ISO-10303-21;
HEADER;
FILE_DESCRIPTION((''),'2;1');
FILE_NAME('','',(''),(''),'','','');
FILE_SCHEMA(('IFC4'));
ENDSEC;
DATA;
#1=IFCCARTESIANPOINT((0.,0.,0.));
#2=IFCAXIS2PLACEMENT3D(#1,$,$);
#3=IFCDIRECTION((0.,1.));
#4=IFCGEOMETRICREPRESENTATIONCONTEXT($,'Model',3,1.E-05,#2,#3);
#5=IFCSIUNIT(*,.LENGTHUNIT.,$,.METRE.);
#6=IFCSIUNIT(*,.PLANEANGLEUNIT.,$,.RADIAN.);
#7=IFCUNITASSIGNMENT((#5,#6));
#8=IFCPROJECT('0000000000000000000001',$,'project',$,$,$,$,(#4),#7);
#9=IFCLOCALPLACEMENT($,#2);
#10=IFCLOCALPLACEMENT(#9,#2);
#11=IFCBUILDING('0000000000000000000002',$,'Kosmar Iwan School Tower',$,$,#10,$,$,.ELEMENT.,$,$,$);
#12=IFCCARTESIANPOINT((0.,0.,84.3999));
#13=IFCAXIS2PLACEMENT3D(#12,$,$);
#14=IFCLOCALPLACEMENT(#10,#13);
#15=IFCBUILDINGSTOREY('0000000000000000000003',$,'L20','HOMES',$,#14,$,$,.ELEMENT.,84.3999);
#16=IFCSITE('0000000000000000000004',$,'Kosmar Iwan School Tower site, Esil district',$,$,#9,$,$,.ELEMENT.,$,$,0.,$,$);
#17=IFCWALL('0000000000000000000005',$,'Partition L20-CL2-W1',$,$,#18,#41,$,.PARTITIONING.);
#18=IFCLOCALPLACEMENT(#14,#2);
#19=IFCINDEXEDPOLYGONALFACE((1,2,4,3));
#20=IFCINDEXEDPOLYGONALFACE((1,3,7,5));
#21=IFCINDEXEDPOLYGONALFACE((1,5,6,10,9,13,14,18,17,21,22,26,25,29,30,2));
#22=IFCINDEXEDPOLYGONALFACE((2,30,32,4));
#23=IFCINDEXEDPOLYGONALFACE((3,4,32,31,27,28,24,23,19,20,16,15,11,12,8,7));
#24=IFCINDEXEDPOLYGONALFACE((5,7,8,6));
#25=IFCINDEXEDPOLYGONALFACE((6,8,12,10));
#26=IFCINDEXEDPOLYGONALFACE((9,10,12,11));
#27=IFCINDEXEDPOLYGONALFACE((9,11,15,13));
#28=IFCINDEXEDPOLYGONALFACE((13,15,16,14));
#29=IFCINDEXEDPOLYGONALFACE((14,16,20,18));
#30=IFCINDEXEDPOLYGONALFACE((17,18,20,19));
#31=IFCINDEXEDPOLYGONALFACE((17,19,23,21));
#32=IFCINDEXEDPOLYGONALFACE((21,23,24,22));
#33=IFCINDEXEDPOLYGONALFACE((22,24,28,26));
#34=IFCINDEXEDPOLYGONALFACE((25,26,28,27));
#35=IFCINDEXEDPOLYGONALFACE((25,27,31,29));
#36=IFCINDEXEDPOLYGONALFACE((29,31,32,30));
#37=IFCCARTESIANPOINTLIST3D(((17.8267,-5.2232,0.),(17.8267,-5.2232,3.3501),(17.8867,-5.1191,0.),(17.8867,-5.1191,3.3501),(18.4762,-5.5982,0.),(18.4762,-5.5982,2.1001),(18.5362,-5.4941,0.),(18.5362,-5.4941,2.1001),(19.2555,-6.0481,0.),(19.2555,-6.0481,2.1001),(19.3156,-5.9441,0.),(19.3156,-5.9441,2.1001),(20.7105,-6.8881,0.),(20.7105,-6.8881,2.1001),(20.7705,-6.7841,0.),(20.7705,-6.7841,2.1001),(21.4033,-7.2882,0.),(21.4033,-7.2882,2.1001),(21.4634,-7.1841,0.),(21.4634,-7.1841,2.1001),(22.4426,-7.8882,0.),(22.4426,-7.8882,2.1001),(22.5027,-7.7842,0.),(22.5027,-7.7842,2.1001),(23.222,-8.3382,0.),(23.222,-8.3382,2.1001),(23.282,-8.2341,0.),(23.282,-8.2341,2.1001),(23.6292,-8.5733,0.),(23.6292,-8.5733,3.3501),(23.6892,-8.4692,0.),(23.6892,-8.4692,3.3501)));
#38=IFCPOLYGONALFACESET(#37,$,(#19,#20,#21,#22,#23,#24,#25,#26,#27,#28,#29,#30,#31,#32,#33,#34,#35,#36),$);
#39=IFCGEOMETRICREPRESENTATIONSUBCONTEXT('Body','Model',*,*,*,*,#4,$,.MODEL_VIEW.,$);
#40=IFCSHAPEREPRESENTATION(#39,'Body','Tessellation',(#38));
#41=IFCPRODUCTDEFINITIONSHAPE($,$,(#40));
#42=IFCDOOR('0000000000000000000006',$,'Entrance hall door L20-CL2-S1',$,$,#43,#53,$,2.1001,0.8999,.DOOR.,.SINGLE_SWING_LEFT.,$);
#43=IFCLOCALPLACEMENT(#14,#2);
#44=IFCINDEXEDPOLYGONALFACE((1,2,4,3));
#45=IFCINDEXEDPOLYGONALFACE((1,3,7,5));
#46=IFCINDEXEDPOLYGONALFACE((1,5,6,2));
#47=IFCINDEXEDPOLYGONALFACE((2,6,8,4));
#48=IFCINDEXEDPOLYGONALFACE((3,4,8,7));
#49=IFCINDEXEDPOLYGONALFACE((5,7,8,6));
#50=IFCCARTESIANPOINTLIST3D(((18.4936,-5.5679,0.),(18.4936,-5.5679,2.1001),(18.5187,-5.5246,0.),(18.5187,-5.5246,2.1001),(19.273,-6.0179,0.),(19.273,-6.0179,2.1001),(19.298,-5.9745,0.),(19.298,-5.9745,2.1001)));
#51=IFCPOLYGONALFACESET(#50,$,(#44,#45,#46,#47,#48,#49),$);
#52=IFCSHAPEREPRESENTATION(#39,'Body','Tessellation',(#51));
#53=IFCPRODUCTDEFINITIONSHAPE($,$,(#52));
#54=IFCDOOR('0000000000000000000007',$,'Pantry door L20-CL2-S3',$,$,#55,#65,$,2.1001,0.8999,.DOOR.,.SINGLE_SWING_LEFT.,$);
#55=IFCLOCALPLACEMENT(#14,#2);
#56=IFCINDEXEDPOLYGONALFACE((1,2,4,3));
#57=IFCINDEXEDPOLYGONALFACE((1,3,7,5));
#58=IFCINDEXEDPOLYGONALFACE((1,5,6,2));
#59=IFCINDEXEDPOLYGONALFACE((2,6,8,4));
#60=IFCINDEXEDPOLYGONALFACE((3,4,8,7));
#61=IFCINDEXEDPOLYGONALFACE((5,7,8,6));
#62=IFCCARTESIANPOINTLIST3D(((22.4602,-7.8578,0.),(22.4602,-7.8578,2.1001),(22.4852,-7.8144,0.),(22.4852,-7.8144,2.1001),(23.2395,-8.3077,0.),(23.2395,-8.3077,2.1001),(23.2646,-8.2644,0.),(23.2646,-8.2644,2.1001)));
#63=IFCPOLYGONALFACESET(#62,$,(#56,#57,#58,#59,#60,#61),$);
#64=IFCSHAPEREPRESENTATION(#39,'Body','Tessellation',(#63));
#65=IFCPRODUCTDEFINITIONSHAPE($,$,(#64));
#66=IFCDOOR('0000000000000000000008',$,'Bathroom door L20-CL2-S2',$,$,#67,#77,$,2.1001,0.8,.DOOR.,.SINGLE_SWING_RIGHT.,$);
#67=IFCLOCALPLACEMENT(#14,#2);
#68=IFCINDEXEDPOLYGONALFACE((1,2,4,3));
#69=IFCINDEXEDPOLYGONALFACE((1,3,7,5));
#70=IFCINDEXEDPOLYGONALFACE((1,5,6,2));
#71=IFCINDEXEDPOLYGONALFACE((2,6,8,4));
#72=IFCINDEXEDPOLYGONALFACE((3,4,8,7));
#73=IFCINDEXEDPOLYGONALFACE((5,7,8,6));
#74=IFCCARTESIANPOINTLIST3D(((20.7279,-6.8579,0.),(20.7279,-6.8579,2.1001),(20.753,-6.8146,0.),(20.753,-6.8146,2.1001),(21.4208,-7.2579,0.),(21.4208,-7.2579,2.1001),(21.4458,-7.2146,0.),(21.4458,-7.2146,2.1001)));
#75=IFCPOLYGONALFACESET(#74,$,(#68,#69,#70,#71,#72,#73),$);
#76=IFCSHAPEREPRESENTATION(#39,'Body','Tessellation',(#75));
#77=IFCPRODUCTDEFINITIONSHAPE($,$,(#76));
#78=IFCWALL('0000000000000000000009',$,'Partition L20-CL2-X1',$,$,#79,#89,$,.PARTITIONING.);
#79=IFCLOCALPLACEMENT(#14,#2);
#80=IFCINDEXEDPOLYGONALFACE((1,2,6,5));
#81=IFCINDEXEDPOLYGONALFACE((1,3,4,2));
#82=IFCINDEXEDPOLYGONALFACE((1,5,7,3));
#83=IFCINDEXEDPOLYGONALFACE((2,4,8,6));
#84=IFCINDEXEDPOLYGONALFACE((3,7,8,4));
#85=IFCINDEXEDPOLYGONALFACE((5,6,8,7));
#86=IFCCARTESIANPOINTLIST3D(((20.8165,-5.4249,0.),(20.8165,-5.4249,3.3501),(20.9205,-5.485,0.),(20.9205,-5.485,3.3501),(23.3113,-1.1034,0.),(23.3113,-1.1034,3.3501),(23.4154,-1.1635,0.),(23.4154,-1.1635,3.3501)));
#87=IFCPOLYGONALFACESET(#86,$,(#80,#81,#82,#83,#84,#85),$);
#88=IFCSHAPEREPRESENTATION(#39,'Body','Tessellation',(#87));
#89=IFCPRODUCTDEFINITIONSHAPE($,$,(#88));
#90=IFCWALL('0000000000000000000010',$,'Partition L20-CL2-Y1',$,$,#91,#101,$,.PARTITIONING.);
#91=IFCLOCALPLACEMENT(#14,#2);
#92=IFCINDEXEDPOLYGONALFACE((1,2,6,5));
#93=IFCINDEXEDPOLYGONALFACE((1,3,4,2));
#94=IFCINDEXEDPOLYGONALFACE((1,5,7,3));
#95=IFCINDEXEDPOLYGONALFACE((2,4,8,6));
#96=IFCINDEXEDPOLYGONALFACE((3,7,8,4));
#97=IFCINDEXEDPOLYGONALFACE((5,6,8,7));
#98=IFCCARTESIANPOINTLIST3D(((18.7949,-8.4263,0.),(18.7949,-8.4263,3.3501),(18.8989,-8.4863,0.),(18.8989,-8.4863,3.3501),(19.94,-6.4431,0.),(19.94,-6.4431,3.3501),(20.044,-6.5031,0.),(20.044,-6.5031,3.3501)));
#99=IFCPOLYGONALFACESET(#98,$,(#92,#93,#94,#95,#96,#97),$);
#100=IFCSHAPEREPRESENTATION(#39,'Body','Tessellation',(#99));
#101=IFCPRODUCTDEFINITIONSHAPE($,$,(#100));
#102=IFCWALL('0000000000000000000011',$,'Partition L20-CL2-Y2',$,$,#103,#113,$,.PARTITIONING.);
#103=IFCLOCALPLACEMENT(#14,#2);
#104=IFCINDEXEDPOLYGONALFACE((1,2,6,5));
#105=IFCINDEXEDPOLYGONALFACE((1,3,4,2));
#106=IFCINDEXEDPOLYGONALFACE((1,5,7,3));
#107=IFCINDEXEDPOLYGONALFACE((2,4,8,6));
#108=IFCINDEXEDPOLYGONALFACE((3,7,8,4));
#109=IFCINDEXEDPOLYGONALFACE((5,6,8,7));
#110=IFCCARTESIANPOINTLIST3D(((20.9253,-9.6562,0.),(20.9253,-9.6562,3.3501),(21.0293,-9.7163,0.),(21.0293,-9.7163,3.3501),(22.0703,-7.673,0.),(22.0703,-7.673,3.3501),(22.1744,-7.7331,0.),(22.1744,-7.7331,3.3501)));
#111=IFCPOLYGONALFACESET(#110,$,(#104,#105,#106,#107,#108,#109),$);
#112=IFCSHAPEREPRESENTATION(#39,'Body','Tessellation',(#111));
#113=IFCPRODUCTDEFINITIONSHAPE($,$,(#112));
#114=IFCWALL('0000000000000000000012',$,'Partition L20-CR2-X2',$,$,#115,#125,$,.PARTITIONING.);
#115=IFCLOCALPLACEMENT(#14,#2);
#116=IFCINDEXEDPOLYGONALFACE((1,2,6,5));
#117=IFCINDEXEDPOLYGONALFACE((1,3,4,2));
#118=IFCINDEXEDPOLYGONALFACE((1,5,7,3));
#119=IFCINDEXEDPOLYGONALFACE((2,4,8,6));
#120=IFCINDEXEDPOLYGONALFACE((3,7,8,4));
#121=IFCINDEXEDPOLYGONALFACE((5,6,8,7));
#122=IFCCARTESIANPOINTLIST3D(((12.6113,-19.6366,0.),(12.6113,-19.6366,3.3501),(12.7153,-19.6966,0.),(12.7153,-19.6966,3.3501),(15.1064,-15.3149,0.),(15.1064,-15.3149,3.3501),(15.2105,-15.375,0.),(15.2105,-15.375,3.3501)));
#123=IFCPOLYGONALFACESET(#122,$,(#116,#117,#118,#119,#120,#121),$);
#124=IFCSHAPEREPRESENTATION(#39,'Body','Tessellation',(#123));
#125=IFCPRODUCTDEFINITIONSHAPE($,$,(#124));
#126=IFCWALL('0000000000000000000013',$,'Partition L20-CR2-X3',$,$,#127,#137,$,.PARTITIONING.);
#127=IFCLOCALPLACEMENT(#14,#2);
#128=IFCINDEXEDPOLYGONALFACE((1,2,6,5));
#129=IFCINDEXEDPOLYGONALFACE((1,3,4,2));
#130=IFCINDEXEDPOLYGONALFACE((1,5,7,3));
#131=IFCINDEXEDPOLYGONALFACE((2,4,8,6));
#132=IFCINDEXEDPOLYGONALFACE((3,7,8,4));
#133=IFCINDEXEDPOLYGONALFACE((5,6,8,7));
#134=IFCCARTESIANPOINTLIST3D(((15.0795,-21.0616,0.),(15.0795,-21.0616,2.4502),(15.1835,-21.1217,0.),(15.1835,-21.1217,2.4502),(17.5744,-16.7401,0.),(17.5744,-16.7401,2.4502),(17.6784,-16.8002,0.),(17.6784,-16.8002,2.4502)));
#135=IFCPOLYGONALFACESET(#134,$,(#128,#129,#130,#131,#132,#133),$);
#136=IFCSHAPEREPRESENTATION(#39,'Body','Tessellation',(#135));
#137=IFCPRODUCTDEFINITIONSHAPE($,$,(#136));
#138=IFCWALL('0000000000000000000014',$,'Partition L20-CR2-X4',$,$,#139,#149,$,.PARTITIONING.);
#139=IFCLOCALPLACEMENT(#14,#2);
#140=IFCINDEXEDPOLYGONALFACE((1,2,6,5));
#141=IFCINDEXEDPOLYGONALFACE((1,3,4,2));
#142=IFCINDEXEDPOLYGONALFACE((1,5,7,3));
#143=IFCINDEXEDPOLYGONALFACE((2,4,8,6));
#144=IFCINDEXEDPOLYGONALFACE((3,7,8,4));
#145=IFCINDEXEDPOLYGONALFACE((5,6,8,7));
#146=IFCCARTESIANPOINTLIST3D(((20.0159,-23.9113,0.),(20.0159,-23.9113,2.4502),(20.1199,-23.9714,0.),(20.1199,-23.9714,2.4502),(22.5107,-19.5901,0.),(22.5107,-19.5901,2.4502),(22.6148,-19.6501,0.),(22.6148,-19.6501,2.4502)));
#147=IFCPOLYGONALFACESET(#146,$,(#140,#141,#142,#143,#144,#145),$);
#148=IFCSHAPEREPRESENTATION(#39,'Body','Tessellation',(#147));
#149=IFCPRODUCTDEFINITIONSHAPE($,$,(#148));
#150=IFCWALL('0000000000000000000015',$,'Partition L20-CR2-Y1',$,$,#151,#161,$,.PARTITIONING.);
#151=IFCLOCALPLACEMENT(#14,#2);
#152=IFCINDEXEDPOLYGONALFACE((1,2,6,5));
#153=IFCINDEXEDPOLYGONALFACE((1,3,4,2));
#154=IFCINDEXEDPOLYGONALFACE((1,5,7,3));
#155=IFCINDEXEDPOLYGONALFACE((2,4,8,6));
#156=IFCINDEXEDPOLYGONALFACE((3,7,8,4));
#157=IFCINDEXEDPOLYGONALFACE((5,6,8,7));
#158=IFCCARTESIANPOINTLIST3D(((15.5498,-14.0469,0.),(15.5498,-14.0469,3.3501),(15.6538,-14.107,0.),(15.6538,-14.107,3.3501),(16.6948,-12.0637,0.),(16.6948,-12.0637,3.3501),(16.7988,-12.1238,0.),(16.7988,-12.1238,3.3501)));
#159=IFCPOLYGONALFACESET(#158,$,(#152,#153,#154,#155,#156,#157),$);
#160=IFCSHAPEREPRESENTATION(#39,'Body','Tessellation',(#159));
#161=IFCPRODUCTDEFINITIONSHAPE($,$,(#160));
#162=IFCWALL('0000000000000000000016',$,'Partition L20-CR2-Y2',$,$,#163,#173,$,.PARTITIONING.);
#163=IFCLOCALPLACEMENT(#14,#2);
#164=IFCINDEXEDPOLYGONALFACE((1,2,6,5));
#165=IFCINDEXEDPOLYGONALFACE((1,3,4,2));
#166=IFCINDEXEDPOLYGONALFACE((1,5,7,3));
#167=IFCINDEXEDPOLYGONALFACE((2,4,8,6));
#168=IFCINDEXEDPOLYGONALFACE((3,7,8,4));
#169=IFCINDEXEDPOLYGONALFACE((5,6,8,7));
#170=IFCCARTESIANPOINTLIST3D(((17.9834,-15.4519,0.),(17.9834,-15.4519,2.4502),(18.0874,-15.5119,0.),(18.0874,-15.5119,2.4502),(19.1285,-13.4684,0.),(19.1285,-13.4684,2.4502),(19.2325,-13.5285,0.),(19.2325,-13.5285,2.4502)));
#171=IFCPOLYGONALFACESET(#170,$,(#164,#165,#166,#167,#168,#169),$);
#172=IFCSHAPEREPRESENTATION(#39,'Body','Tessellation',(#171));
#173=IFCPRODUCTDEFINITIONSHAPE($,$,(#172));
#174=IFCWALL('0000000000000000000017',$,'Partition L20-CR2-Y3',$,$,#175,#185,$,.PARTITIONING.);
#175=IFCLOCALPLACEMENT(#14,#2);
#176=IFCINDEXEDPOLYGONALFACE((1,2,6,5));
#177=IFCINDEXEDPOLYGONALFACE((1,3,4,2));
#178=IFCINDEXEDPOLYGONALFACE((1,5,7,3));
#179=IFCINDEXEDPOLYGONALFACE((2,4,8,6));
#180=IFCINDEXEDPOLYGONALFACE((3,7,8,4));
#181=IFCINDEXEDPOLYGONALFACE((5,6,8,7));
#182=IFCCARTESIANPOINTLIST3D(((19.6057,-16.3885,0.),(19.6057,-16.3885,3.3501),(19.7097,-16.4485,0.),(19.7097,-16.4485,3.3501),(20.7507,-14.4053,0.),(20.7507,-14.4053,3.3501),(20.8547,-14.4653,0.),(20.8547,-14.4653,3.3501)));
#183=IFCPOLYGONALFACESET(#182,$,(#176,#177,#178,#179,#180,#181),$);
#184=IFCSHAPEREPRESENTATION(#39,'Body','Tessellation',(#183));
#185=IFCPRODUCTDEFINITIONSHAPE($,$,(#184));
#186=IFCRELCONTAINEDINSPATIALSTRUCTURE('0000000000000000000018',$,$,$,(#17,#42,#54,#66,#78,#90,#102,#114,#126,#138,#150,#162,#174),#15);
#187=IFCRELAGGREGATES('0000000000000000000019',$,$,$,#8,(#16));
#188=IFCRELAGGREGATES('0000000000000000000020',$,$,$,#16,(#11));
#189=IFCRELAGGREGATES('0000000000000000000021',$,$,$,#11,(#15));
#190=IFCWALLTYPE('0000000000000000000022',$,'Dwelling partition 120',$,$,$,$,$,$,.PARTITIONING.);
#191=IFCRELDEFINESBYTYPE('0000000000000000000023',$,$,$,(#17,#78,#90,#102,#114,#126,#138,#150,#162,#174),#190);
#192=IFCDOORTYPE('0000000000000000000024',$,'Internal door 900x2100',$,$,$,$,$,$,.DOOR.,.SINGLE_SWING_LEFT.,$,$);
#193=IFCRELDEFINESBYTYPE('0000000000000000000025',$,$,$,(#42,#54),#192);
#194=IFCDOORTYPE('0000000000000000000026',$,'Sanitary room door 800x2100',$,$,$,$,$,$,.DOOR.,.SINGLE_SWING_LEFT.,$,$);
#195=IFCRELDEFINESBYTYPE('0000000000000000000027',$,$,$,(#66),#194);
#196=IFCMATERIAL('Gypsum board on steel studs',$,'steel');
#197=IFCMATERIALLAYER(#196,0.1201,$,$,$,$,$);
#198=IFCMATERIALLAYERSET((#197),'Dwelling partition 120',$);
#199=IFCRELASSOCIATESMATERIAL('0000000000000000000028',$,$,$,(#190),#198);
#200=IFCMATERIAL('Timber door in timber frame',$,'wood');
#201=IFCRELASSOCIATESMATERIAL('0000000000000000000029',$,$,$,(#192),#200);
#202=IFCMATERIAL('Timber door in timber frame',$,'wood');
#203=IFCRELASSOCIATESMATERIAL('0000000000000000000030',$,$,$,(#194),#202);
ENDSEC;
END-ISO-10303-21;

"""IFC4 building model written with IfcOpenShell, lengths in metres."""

from ifc_helpers import new_model, si_unit, direction, frame, frame_2d, origin, place, context, subcontext, project, spatial, rectangle, extrude, material, layer, layer_set, type_object, element, fill, save


model = new_model("IFC4")

# Units and contexts
model_context = context("Model", 3, precision=1e-05, world=origin(), true_north=direction((0.0, 1.0)))
body_context = subcontext(model_context, "Body", "Model", "MODEL_VIEW")
ifc_project = project(units=[si_unit("LENGTHUNIT", "METRE"), si_unit("PLANEANGLEUNIT", "RADIAN")], contexts=[model_context])

# Site, building, storey
site_placement = place(None, origin())
site = spatial("IfcSite", under=ifc_project, at=site_placement, Name="Kosmar Iwan School Tower site, Esil district", CompositionType="ELEMENT", RefElevation=0.0)
building_placement = place(site_placement, origin())
building = spatial("IfcBuilding", under=site, at=building_placement, Name="Kosmar Iwan School Tower", CompositionType="ELEMENT")
storey_placement = place(building_placement, frame((0.0, 0.0, 84.3999)))
storey = spatial("IfcBuildingStorey", under=building, at=storey_placement, Name="L20", Description="HOMES", CompositionType="ELEMENT", Elevation=84.3999)

# Wall, openings, doors
ifc_material_1 = material(Name="Gypsum board on steel studs", Category="steel")
ifc_layer_1 = layer(ifc_material_1, 0.1201)
ifc_layer_set_1 = layer_set([ifc_layer_1], Name="Dwelling partition 120")
wall_type_1 = type_object("IfcWallType", Name="Dwelling partition 120", PredefinedType="PARTITIONING", material=ifc_layer_set_1)
wall_1_placement = place(storey_placement, frame((17.8567, -5.1711, 0.0), z_axis=(0.0, 0.0, 1.0), x_axis=(0.866024, -0.500003, 0.0)))
wall_1 = element("IfcWall", 1, at=wall_1_placement, inside=storey, type_object=wall_type_1, Name="Partition L20-CL2-W1", PredefinedType="PARTITIONING", context=body_context, shape_type="SweptSolid", body=[
    extrude(rectangle(XDim=6.7002, YDim=0.1201, at=frame_2d((3.3501, 0.0))), origin(), (0.0, 0.0, 1.0), 3.3501),
])
opening_1_placement = place(wall_1_placement, frame((0.75, 0.0, 0.0)))
opening_1 = element("IfcOpeningElement", 2, at=opening_1_placement, cuts=wall_1, PredefinedType="OPENING", context=body_context, shape_type="SweptSolid", body=[
    extrude(rectangle(XDim=0.8999, YDim=2.1001, at=frame_2d((0.45, 1.05))), frame((0.0, 0.072, 0.0), z_axis=(0.0, -1.0, 0.0), x_axis=(1.0, 0.0, 0.0)), (0.0, 0.0, 1.0), 0.144),
])
opening_2_placement = place(wall_1_placement, frame((3.3301, 0.0, 0.0)))
opening_2 = element("IfcOpeningElement", 3, at=opening_2_placement, cuts=wall_1, PredefinedType="OPENING", context=body_context, shape_type="SweptSolid", body=[
    extrude(rectangle(XDim=0.8, YDim=2.1001, at=frame_2d((0.3999, 1.05))), frame((0.0, 0.072, 0.0), z_axis=(0.0, -1.0, 0.0), x_axis=(1.0, 0.0, 0.0)), (0.0, 0.0, 1.0), 0.144),
])
opening_3_placement = place(wall_1_placement, frame((5.3301, 0.0, 0.0)))
opening_3 = element("IfcOpeningElement", 4, at=opening_3_placement, cuts=wall_1, PredefinedType="OPENING", context=body_context, shape_type="SweptSolid", body=[
    extrude(rectangle(XDim=0.8999, YDim=2.1001, at=frame_2d((0.45, 1.05))), frame((0.0, 0.072, 0.0), z_axis=(0.0, -1.0, 0.0), x_axis=(1.0, 0.0, 0.0)), (0.0, 0.0, 1.0), 0.144),
])
ifc_material_2 = material(Name="Timber door in timber frame", Category="wood")
door_type_1 = type_object("IfcDoorType", Name="Internal door 900x2100", OperationType="SINGLE_SWING_LEFT", PredefinedType="DOOR", material=ifc_material_2)
door_1_placement = place(opening_1_placement, origin())
door_1 = element("IfcDoor", 5, at=door_1_placement, inside=storey, type_object=door_type_1, Name="Entrance hall door L20-CL2-S1", OperationType="SINGLE_SWING_LEFT", OverallHeight=2.1001, OverallWidth=0.8999, PredefinedType="DOOR", context=body_context, shape_type="SweptSolid", body=[
    extrude(rectangle(XDim=0.8999, YDim=2.1001, at=frame_2d((0.45, 1.05))), frame((0.0, 0.0249, 0.0), z_axis=(0.0, -1.0, 0.0), x_axis=(1.0, 0.0, 0.0)), (0.0, 0.0, 1.0), 0.05),
])
fill(opening_1, door_1)
door_2_placement = place(opening_3_placement, frame((0.8999, 0.0, 0.0), z_axis=(0.0, 0.0, 1.0), x_axis=(-1.0, 0.0, 0.0)))
door_2 = element("IfcDoor", 6, at=door_2_placement, inside=storey, type_object=door_type_1, Name="Pantry door L20-CL2-S3", OperationType="SINGLE_SWING_LEFT", OverallHeight=2.1001, OverallWidth=0.8999, PredefinedType="DOOR", context=body_context, shape_type="SweptSolid", body=[
    extrude(rectangle(XDim=0.8999, YDim=2.1001, at=frame_2d((0.45, 1.05))), frame((0.0, 0.0249, 0.0), z_axis=(0.0, -1.0, 0.0), x_axis=(1.0, 0.0, 0.0)), (0.0, 0.0, 1.0), 0.05),
])
fill(opening_3, door_2)
ifc_material_3 = material(Name="Timber door in timber frame", Category="wood")
door_type_2 = type_object("IfcDoorType", Name="Sanitary room door 800x2100", OperationType="SINGLE_SWING_LEFT", PredefinedType="DOOR", material=ifc_material_3)
door_3_placement = place(opening_2_placement, origin())
door_3 = element("IfcDoor", 7, at=door_3_placement, inside=storey, type_object=door_type_2, Name="Bathroom door L20-CL2-S2", OperationType="SINGLE_SWING_RIGHT", OverallHeight=2.1001, OverallWidth=0.8, PredefinedType="DOOR", context=body_context, shape_type="SweptSolid", body=[
    extrude(rectangle(XDim=0.8, YDim=2.1001, at=frame_2d((0.3999, 1.05))), frame((0.0, 0.0249, 0.0), z_axis=(0.0, -1.0, 0.0), x_axis=(1.0, 0.0, 0.0)), (0.0, 0.0, 1.0), 0.05),
])
fill(opening_2, door_3)

# Walls
wall_2_placement = place(storey_placement, frame((20.8684, -5.4551, 0.0), z_axis=(0.0, 0.0, 1.0), x_axis=(0.499975, 0.86604, 0.0)))
element("IfcWall", 8, at=wall_2_placement, inside=storey, type_object=wall_type_1, Name="Partition L20-CL2-X1", PredefinedType="PARTITIONING", context=body_context, shape_type="SweptSolid", body=[
    extrude(rectangle(XDim=4.99, YDim=0.1201, at=frame_2d((2.4951, 0.0))), origin(), (0.0, 0.0, 1.0), 3.3501),
])
for number, where, z_axis, x_axis, name in (
    (9, (18.8469, -8.4563, 0.0), (0.0, 0.0, 1.0), (0.500015, 0.866017, 0.0), "Partition L20-CL2-Y1"),
    (10, (20.9773, -9.6863, 0.0), (0.0, 0.0, 1.0), (0.500015, 0.866017, 0.0), "Partition L20-CL2-Y2"),
):
    element("IfcWall", number, at=place(storey_placement, frame(where, z_axis=z_axis, x_axis=x_axis)), inside=storey, type_object=wall_type_1, Name=name, PredefinedType="PARTITIONING", context=body_context, shape_type="SweptSolid", body=[
        extrude(rectangle(XDim=2.29, YDim=0.1201, at=frame_2d((1.145, 0.0))), origin(), (0.0, 0.0, 1.0), 3.3501),
    ])
wall_3_placement = place(storey_placement, frame((15.1584, -15.345, 0.0), z_axis=(0.0, 0.0, 1.0), x_axis=(-0.500012, -0.866019, 0.0)))
element("IfcWall", 11, at=wall_3_placement, inside=storey, type_object=wall_type_1, Name="Partition L20-CR2-X2", PredefinedType="PARTITIONING", context=body_context, shape_type="SweptSolid", body=[
    extrude(rectangle(XDim=4.9902, YDim=0.1201, at=frame_2d((2.4951, 0.0))), origin(), (0.0, 0.0, 1.0), 3.3501),
])
wall_4_placement = place(storey_placement, frame((17.6265, -16.77, 0.0), z_axis=(0.0, 0.0, 1.0), x_axis=(-0.499975, -0.86604, 0.0)))
element("IfcWall", 12, at=wall_4_placement, inside=storey, type_object=wall_type_1, Name="Partition L20-CR2-X3", PredefinedType="PARTITIONING", context=body_context, shape_type="SweptSolid", body=[
    extrude(rectangle(XDim=4.99, YDim=0.1201, at=frame_2d((2.4951, 0.0))), origin(), (0.0, 0.0, 1.0), 2.4502),
])
wall_5_placement = place(storey_placement, frame((22.5627, -19.6201, 0.0), z_axis=(0.0, 0.0, 1.0), x_axis=(-0.499996, -0.866028, 0.0)))
element("IfcWall", 13, at=wall_5_placement, inside=storey, type_object=wall_type_1, Name="Partition L20-CR2-X4", PredefinedType="PARTITIONING", context=body_context, shape_type="SweptSolid", body=[
    extrude(rectangle(XDim=4.9897, YDim=0.1201, at=frame_2d((2.4949, 0.0))), origin(), (0.0, 0.0, 1.0), 2.4502),
])
wall_6_placement = place(storey_placement, frame((16.7468, -12.0938, 0.0), z_axis=(0.0, 0.0, 1.0), x_axis=(-0.500015, -0.866017, 0.0)))
element("IfcWall", 14, at=wall_6_placement, inside=storey, type_object=wall_type_1, Name="Partition L20-CR2-Y1", PredefinedType="PARTITIONING", context=body_context, shape_type="SweptSolid", body=[
    extrude(rectangle(XDim=2.29, YDim=0.1201, at=frame_2d((1.145, 0.0))), origin(), (0.0, 0.0, 1.0), 3.3501),
])
wall_7_placement = place(storey_placement, frame((19.1804, -13.4985, 0.0), z_axis=(0.0, 0.0, 1.0), x_axis=(-0.499969, -0.866044, 0.0)))
element("IfcWall", 15, at=wall_7_placement, inside=storey, type_object=wall_type_1, Name="Partition L20-CR2-Y2", PredefinedType="PARTITIONING", context=body_context, shape_type="SweptSolid", body=[
    extrude(rectangle(XDim=2.2903, YDim=0.1201, at=frame_2d((1.145, 0.0))), origin(), (0.0, 0.0, 1.0), 2.4502),
])
for number, where, z_axis, x_axis, name in (
    (16, (20.8027, -14.4353, 0.0), (0.0, 0.0, 1.0), (-0.500015, -0.866017, 0.0), "Partition L20-CR2-Y3"),
):
    element("IfcWall", number, at=place(storey_placement, frame(where, z_axis=z_axis, x_axis=x_axis)), inside=storey, type_object=wall_type_1, Name=name, PredefinedType="PARTITIONING", context=body_context, shape_type="SweptSolid", body=[
        extrude(rectangle(XDim=2.29, YDim=0.1201, at=frame_2d((1.145, 0.0))), origin(), (0.0, 0.0, 1.0), 3.3501),
    ])

save(model, "model.ifc")
